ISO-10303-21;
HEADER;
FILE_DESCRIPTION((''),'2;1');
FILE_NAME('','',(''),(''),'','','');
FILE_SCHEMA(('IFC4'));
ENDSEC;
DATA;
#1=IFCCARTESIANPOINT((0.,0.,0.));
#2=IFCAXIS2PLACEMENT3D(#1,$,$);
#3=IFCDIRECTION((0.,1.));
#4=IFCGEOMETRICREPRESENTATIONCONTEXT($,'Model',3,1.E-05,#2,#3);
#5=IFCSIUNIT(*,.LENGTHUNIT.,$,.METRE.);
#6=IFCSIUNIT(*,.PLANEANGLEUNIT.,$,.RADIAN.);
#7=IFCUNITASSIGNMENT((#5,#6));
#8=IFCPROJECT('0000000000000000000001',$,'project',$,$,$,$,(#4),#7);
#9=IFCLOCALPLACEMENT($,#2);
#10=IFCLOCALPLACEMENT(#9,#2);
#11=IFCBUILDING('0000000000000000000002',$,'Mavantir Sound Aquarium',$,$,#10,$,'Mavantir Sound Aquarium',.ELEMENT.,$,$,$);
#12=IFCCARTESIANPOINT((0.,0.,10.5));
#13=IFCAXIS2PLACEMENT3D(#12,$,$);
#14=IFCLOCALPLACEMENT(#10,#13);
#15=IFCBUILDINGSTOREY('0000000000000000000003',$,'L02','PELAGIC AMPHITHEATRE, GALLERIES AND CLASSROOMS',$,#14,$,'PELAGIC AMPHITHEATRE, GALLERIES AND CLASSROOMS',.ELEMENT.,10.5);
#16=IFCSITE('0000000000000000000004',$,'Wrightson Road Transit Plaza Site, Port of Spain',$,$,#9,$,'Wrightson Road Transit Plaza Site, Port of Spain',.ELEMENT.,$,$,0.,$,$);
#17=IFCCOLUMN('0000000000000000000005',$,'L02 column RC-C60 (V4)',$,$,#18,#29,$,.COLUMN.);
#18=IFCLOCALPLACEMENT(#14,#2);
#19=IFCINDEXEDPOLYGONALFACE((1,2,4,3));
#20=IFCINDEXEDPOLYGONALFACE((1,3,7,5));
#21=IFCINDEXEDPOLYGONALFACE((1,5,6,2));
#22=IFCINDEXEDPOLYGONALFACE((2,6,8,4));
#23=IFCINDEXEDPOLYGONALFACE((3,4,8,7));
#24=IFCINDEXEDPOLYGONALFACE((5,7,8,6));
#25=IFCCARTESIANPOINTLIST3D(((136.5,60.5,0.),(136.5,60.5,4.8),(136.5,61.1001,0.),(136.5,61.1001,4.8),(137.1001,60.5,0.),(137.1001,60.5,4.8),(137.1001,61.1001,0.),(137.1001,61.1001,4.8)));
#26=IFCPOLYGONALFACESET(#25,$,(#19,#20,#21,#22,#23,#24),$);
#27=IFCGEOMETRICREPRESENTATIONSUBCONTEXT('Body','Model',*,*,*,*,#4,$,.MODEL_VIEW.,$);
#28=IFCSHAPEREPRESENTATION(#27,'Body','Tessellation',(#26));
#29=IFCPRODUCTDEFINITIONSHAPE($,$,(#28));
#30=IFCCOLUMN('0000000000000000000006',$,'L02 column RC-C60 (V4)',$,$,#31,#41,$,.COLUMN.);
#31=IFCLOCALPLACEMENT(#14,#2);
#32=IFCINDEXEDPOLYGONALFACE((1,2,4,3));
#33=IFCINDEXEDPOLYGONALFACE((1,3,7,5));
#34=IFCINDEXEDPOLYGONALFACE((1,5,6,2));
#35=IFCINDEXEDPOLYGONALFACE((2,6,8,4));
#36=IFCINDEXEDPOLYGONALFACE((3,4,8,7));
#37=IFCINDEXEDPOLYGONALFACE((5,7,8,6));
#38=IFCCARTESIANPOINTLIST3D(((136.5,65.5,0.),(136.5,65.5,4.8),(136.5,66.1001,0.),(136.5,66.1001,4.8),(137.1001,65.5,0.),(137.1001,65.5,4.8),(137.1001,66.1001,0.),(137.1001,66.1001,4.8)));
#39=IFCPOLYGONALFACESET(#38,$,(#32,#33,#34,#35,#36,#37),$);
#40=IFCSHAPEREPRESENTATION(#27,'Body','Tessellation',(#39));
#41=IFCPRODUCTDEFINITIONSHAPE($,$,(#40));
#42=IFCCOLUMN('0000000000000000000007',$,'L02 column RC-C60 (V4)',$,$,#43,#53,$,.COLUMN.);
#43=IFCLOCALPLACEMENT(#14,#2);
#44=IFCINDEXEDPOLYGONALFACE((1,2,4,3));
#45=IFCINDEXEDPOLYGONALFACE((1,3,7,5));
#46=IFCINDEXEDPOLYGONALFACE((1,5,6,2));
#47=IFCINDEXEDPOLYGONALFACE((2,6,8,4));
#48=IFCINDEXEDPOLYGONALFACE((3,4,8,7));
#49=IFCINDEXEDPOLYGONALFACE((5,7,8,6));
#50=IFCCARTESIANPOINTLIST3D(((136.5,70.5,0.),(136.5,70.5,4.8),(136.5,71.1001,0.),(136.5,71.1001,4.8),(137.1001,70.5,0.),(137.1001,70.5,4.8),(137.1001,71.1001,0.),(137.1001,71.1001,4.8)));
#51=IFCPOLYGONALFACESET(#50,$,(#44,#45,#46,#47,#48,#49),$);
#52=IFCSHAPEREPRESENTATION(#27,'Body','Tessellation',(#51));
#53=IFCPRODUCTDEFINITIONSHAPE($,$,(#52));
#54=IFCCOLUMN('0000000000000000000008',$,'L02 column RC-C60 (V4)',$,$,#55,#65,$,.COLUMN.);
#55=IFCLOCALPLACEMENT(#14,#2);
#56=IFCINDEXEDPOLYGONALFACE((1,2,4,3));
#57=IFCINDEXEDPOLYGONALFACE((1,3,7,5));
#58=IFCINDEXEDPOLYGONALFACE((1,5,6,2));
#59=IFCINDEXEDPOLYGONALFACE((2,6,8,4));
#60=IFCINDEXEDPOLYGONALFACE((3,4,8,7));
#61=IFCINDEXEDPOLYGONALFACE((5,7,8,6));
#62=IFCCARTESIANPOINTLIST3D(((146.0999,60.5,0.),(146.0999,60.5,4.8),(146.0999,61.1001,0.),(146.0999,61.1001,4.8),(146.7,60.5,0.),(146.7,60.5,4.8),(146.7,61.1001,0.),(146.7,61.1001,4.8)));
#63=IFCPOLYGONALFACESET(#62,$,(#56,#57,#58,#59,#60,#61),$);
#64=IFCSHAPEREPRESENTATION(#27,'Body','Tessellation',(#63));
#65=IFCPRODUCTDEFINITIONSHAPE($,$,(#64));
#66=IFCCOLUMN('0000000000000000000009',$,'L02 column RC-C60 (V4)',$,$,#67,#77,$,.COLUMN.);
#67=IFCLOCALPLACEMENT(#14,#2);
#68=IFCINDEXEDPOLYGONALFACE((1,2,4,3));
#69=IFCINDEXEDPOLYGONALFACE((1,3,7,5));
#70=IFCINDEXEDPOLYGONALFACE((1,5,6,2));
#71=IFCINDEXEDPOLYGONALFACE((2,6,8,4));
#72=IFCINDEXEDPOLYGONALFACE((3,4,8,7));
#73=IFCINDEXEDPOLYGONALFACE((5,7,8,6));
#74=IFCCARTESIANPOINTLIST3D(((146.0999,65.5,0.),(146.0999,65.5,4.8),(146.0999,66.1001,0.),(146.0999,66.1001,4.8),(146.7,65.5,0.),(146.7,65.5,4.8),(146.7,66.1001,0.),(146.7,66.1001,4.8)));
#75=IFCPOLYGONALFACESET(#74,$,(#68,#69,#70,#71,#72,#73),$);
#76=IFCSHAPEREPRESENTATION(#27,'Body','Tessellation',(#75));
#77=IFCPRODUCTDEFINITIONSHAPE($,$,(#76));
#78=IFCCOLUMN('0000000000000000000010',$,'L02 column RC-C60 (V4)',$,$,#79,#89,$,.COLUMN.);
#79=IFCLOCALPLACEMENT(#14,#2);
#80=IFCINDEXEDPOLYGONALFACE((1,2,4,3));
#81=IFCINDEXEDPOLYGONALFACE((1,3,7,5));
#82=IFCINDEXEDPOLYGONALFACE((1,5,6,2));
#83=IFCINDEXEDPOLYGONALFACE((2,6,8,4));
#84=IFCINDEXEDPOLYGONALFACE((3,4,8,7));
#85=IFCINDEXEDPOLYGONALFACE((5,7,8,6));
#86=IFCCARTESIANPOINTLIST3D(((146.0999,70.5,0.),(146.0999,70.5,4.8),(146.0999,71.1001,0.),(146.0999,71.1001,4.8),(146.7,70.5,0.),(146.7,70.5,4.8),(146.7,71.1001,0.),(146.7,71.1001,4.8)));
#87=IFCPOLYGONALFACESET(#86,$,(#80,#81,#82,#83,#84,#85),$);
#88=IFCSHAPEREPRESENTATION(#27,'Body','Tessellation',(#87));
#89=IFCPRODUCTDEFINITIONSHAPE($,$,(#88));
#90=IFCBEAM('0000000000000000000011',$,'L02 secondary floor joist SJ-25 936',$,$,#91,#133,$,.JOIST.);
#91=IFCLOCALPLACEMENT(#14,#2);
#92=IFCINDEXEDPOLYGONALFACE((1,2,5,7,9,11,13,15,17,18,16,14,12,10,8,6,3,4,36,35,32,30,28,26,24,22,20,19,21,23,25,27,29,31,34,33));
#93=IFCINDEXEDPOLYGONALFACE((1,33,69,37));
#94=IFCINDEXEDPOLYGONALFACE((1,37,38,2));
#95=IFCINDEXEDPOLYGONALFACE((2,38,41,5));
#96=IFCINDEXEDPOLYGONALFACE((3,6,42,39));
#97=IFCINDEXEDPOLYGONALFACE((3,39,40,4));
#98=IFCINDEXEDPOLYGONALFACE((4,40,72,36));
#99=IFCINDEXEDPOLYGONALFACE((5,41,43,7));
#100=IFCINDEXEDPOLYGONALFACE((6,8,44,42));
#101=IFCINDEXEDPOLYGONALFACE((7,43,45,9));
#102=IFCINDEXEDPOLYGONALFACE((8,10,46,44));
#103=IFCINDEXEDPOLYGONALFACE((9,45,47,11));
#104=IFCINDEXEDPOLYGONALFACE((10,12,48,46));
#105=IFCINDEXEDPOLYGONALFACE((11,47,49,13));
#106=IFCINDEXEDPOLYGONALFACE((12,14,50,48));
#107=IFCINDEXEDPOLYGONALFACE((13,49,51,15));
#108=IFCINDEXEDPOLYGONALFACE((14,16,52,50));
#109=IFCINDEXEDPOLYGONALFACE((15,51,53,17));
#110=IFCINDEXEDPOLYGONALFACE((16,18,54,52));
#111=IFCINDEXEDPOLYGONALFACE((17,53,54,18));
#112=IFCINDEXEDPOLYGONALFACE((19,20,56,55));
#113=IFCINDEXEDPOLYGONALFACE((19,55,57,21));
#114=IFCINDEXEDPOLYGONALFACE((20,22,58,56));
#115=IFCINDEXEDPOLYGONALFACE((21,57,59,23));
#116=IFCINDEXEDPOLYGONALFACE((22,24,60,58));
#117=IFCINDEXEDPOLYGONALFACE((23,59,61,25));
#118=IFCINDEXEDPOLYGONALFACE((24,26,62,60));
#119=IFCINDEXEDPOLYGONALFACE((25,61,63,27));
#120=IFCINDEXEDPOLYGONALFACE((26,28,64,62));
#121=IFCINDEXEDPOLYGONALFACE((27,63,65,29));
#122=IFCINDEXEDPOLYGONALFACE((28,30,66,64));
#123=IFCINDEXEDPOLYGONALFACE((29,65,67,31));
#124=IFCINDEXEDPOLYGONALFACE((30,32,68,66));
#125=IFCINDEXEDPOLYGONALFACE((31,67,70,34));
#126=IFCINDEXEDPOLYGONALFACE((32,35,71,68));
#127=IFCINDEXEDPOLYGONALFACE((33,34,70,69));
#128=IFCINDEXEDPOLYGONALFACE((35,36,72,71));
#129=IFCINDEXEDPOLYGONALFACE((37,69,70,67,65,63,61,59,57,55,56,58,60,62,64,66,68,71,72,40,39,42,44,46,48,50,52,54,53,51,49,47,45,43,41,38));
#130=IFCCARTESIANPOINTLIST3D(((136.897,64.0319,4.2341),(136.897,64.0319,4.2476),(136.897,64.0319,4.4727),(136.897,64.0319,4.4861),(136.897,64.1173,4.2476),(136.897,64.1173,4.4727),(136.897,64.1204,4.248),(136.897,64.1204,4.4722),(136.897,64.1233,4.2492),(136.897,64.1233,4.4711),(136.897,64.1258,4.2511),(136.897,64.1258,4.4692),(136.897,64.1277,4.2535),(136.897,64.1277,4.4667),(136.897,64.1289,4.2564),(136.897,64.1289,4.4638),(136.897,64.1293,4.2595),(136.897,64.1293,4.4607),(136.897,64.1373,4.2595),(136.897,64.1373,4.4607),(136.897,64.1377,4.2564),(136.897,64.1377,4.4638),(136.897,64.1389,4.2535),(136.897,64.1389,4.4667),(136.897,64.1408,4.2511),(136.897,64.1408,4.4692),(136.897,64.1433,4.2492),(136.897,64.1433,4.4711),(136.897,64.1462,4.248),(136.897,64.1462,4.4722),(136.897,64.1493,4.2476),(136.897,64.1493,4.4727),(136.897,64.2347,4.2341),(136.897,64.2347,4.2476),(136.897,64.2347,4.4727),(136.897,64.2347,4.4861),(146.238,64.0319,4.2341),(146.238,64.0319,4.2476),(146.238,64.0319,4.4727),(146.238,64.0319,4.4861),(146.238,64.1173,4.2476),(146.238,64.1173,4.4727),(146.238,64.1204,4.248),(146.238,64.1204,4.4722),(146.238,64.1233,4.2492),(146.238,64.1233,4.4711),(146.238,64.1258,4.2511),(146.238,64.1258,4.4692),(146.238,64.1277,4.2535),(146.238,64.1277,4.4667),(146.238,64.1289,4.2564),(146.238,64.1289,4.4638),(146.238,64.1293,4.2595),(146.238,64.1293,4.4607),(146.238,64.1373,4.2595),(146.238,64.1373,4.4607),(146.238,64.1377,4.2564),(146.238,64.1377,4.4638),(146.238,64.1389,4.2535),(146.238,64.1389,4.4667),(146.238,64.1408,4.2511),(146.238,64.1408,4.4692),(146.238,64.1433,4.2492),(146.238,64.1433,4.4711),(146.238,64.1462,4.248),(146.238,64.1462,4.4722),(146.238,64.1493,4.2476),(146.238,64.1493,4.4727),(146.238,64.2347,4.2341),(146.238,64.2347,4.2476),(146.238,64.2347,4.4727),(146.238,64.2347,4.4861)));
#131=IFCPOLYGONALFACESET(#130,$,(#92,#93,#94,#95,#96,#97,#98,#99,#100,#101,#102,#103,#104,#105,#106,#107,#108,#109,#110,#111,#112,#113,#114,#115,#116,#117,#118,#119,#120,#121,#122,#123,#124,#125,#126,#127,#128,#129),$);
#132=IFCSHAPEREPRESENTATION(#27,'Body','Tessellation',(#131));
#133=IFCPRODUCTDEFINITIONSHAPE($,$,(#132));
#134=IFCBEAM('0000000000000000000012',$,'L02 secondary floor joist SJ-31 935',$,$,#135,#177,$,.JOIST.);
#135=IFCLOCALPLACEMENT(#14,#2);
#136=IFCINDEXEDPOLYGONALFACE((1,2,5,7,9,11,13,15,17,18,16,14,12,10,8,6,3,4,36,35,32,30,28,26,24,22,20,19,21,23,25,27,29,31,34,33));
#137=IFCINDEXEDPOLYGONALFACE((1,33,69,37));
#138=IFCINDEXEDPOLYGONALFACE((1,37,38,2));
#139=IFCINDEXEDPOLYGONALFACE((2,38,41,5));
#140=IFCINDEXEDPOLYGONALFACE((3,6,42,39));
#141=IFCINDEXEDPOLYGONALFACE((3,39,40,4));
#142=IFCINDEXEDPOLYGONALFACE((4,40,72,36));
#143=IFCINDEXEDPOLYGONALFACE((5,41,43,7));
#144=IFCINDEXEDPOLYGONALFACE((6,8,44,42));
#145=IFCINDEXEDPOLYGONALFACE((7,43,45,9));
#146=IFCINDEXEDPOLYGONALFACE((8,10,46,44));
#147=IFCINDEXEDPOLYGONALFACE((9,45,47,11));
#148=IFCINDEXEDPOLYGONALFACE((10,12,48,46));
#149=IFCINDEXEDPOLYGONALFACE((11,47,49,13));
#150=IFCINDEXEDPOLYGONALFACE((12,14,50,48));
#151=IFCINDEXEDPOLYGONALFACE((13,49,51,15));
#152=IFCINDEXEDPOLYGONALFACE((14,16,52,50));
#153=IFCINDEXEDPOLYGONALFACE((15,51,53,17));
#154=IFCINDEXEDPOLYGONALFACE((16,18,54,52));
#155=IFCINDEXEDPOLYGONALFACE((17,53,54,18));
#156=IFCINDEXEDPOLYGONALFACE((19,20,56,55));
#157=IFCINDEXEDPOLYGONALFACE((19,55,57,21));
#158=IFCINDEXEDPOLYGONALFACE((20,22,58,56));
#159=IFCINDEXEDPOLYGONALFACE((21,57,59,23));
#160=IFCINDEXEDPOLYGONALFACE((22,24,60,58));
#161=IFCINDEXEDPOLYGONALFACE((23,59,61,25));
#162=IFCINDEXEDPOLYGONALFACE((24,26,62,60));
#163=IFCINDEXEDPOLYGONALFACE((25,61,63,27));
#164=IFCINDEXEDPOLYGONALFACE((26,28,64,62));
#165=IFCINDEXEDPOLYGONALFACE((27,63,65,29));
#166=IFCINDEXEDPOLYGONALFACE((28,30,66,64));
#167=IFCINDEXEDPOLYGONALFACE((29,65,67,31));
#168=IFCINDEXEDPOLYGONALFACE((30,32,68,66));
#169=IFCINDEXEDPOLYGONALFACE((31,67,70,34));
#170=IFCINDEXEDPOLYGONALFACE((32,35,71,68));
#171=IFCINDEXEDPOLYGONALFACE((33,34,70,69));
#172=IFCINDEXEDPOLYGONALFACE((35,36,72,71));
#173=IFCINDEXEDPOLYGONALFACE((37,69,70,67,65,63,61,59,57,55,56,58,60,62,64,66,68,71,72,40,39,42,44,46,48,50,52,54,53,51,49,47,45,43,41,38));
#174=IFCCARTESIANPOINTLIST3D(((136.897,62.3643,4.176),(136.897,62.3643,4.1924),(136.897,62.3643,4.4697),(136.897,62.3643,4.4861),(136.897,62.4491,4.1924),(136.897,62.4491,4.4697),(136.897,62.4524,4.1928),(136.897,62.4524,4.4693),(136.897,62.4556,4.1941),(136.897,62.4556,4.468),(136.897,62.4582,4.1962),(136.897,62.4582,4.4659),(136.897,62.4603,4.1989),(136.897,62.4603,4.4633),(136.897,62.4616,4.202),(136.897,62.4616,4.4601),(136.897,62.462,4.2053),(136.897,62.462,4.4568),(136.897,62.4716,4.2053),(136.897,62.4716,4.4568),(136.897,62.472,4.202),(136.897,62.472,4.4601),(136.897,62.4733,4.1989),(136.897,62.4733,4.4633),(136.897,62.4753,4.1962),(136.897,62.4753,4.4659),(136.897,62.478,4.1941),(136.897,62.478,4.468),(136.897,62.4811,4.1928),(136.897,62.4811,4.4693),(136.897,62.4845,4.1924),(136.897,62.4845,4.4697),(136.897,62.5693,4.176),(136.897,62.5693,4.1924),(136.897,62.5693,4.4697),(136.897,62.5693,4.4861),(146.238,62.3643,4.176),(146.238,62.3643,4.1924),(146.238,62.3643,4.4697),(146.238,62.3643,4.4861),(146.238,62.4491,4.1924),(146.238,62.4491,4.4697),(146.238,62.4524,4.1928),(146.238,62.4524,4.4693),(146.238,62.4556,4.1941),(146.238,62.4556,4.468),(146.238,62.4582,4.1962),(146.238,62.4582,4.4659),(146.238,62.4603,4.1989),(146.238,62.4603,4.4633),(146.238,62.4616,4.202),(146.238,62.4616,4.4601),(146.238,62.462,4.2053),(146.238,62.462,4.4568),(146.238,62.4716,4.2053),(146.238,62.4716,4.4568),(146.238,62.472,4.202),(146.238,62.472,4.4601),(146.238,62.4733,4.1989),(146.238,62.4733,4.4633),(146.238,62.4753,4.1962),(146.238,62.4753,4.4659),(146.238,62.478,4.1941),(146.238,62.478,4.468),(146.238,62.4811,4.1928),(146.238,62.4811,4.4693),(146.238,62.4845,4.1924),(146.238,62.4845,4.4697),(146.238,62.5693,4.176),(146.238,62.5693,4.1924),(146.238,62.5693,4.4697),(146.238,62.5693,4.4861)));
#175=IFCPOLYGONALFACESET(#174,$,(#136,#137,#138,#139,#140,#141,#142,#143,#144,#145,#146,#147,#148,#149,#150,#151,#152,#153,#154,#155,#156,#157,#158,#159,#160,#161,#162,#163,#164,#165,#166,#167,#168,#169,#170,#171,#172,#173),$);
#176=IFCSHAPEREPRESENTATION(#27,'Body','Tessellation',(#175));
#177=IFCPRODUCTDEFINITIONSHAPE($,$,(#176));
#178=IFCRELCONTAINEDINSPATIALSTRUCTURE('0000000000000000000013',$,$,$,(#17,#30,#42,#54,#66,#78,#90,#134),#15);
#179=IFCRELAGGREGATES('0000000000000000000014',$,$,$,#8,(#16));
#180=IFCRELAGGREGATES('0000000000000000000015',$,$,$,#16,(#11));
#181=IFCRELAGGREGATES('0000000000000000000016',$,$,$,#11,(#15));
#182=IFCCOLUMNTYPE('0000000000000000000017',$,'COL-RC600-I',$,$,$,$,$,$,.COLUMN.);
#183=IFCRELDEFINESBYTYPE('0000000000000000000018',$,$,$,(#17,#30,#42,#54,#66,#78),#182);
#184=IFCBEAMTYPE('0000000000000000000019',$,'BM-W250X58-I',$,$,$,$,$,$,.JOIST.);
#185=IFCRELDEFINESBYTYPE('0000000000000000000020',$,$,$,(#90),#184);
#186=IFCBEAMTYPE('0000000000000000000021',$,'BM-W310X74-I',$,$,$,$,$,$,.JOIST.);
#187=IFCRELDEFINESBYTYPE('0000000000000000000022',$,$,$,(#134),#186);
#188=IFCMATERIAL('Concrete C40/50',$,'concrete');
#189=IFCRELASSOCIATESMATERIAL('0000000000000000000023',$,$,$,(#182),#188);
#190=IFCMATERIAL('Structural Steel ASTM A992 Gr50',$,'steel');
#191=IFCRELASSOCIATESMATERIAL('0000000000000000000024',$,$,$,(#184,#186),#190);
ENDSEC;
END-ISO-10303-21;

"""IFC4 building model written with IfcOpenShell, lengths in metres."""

from ifc_helpers import new_model, si_unit, direction, frame, origin, origin_2d, place, context, subcontext, project, spatial, rectangle, i_section, extrude, material, material_profile, profile_set, type_object, element, save


model = new_model("IFC4")

# Units and contexts
model_context = context("Model", 3, precision=1e-05, world=origin(), true_north=direction((0.0, 1.0)))
body_context = subcontext(model_context, "Body", "Model", "MODEL_VIEW")
ifc_project = project(units=[si_unit("LENGTHUNIT", "METRE"), si_unit("PLANEANGLEUNIT", "RADIAN")], contexts=[model_context])

# Site, building, storey
site_placement = place(None, origin())
site = spatial("IfcSite", under=ifc_project, at=site_placement, Name="Wrightson Road Transit Plaza Site, Port of Spain", LongName="Wrightson Road Transit Plaza Site, Port of Spain", CompositionType="ELEMENT", RefElevation=0.0)
building_placement = place(site_placement, origin())
building = spatial("IfcBuilding", under=site, at=building_placement, Name="Mavantir Sound Aquarium", LongName="Mavantir Sound Aquarium", CompositionType="ELEMENT")
storey_placement = place(building_placement, frame((0.0, 0.0, 10.5)))
storey = spatial("IfcBuildingStorey", under=building, at=storey_placement, Name="L02", Description="PELAGIC AMPHITHEATRE, GALLERIES AND CLASSROOMS", LongName="PELAGIC AMPHITHEATRE, GALLERIES AND CLASSROOMS", CompositionType="ELEMENT", Elevation=10.5)

# Columns
ifc_material_1 = material(Name="Concrete C40/50", Category="concrete")
ifc_material_profile_1 = material_profile(ifc_material_1, rectangle(XDim=0.6001, YDim=0.6001, at=origin_2d()), Name="RC 600X600")
ifc_profile_set_1 = profile_set([ifc_material_profile_1], Name="Concrete C40/50")
column_type = type_object("IfcColumnType", Name="COL-RC600-I", PredefinedType="COLUMN", material=ifc_profile_set_1)
for number, where, z_axis, x_axis, name in (
    (1, (136.8, 60.8, 0.0), (0.0, 0.0, 1.0), (1.0, 0.0, 0.0), "L02 column RC-C60 (V4)"),
    (2, (136.8, 65.8, 0.0), (0.0, 0.0, 1.0), (1.0, 0.0, 0.0), "L02 column RC-C60 (V4)"),
    (3, (136.8, 70.8, 0.0), (0.0, 0.0, 1.0), (1.0, 0.0, 0.0), "L02 column RC-C60 (V4)"),
    (4, (146.3999, 60.8, 0.0), (0.0, 0.0, 1.0), (1.0, 0.0, 0.0), "L02 column RC-C60 (V4)"),
    (5, (146.3999, 65.8, 0.0), (0.0, 0.0, 1.0), (1.0, 0.0, 0.0), "L02 column RC-C60 (V4)"),
    (6, (146.3999, 70.8, 0.0), (0.0, 0.0, 1.0), (1.0, 0.0, 0.0), "L02 column RC-C60 (V4)"),
):
    element("IfcColumn", number, at=place(storey_placement, frame(where, z_axis=z_axis, x_axis=x_axis)), inside=storey, type_object=column_type, Name=name, PredefinedType="COLUMN", context=body_context, shape_type="SweptSolid", body=[
        extrude(rectangle(XDim=0.6001, YDim=0.6001, at=origin_2d()), origin(), (0.0, 0.0, 1.0), 4.8),
    ])

# Beams
ifc_material_2 = material(Name="Structural Steel ASTM A992 Gr50", Category="steel")
ifc_material_profile_2 = material_profile(ifc_material_2, i_section(OverallWidth=0.2029, OverallDepth=0.252, WebThickness=0.0081, FlangeThickness=0.0134, FilletRadius=0.012, at=origin_2d()), Name="W250X58")
ifc_profile_set_2 = profile_set([ifc_material_profile_2], Name="Structural Steel ASTM A992 Gr50")
beam_type_1 = type_object("IfcBeamType", Name="BM-W250X58-I", PredefinedType="JOIST", material=ifc_profile_set_2)
beam_1_placement = place(storey_placement, frame((136.897, 64.1333, 4.3601), z_axis=(1.0, 0.0, 0.0), x_axis=(0.0, 1.0, 0.0)))
element("IfcBeam", 7, at=beam_1_placement, inside=storey, type_object=beam_type_1, Name="L02 secondary floor joist SJ-25 936", PredefinedType="JOIST", context=body_context, shape_type="SweptSolid", body=[
    extrude(i_section(OverallWidth=0.2029, OverallDepth=0.252, WebThickness=0.0081, FlangeThickness=0.0134, FilletRadius=0.012, at=origin_2d()), origin(), (0.0, 0.0, 1.0), 9.3411),
])
ifc_material_profile_3 = material_profile(ifc_material_2, i_section(OverallWidth=0.2051, OverallDepth=0.3101, WebThickness=0.0095, FlangeThickness=0.0164, FilletRadius=0.0129, at=origin_2d()), Name="W310X74")
ifc_profile_set_3 = profile_set([ifc_material_profile_3], Name="Structural Steel ASTM A992 Gr50")
beam_type_2 = type_object("IfcBeamType", Name="BM-W310X74-I", PredefinedType="JOIST", material=ifc_profile_set_3)
beam_2_placement = place(storey_placement, frame((136.897, 62.4668, 4.3311), z_axis=(1.0, 0.0, 0.0), x_axis=(0.0, 1.0, 0.0)))
element("IfcBeam", 8, at=beam_2_placement, inside=storey, type_object=beam_type_2, Name="L02 secondary floor joist SJ-31 935", PredefinedType="JOIST", context=body_context, shape_type="SweptSolid", body=[
    extrude(i_section(OverallWidth=0.2051, OverallDepth=0.3101, WebThickness=0.0095, FlangeThickness=0.0164, FilletRadius=0.0129, at=origin_2d()), origin(), (0.0, 0.0, 1.0), 9.3411),
])

save(model, "model.ifc")
